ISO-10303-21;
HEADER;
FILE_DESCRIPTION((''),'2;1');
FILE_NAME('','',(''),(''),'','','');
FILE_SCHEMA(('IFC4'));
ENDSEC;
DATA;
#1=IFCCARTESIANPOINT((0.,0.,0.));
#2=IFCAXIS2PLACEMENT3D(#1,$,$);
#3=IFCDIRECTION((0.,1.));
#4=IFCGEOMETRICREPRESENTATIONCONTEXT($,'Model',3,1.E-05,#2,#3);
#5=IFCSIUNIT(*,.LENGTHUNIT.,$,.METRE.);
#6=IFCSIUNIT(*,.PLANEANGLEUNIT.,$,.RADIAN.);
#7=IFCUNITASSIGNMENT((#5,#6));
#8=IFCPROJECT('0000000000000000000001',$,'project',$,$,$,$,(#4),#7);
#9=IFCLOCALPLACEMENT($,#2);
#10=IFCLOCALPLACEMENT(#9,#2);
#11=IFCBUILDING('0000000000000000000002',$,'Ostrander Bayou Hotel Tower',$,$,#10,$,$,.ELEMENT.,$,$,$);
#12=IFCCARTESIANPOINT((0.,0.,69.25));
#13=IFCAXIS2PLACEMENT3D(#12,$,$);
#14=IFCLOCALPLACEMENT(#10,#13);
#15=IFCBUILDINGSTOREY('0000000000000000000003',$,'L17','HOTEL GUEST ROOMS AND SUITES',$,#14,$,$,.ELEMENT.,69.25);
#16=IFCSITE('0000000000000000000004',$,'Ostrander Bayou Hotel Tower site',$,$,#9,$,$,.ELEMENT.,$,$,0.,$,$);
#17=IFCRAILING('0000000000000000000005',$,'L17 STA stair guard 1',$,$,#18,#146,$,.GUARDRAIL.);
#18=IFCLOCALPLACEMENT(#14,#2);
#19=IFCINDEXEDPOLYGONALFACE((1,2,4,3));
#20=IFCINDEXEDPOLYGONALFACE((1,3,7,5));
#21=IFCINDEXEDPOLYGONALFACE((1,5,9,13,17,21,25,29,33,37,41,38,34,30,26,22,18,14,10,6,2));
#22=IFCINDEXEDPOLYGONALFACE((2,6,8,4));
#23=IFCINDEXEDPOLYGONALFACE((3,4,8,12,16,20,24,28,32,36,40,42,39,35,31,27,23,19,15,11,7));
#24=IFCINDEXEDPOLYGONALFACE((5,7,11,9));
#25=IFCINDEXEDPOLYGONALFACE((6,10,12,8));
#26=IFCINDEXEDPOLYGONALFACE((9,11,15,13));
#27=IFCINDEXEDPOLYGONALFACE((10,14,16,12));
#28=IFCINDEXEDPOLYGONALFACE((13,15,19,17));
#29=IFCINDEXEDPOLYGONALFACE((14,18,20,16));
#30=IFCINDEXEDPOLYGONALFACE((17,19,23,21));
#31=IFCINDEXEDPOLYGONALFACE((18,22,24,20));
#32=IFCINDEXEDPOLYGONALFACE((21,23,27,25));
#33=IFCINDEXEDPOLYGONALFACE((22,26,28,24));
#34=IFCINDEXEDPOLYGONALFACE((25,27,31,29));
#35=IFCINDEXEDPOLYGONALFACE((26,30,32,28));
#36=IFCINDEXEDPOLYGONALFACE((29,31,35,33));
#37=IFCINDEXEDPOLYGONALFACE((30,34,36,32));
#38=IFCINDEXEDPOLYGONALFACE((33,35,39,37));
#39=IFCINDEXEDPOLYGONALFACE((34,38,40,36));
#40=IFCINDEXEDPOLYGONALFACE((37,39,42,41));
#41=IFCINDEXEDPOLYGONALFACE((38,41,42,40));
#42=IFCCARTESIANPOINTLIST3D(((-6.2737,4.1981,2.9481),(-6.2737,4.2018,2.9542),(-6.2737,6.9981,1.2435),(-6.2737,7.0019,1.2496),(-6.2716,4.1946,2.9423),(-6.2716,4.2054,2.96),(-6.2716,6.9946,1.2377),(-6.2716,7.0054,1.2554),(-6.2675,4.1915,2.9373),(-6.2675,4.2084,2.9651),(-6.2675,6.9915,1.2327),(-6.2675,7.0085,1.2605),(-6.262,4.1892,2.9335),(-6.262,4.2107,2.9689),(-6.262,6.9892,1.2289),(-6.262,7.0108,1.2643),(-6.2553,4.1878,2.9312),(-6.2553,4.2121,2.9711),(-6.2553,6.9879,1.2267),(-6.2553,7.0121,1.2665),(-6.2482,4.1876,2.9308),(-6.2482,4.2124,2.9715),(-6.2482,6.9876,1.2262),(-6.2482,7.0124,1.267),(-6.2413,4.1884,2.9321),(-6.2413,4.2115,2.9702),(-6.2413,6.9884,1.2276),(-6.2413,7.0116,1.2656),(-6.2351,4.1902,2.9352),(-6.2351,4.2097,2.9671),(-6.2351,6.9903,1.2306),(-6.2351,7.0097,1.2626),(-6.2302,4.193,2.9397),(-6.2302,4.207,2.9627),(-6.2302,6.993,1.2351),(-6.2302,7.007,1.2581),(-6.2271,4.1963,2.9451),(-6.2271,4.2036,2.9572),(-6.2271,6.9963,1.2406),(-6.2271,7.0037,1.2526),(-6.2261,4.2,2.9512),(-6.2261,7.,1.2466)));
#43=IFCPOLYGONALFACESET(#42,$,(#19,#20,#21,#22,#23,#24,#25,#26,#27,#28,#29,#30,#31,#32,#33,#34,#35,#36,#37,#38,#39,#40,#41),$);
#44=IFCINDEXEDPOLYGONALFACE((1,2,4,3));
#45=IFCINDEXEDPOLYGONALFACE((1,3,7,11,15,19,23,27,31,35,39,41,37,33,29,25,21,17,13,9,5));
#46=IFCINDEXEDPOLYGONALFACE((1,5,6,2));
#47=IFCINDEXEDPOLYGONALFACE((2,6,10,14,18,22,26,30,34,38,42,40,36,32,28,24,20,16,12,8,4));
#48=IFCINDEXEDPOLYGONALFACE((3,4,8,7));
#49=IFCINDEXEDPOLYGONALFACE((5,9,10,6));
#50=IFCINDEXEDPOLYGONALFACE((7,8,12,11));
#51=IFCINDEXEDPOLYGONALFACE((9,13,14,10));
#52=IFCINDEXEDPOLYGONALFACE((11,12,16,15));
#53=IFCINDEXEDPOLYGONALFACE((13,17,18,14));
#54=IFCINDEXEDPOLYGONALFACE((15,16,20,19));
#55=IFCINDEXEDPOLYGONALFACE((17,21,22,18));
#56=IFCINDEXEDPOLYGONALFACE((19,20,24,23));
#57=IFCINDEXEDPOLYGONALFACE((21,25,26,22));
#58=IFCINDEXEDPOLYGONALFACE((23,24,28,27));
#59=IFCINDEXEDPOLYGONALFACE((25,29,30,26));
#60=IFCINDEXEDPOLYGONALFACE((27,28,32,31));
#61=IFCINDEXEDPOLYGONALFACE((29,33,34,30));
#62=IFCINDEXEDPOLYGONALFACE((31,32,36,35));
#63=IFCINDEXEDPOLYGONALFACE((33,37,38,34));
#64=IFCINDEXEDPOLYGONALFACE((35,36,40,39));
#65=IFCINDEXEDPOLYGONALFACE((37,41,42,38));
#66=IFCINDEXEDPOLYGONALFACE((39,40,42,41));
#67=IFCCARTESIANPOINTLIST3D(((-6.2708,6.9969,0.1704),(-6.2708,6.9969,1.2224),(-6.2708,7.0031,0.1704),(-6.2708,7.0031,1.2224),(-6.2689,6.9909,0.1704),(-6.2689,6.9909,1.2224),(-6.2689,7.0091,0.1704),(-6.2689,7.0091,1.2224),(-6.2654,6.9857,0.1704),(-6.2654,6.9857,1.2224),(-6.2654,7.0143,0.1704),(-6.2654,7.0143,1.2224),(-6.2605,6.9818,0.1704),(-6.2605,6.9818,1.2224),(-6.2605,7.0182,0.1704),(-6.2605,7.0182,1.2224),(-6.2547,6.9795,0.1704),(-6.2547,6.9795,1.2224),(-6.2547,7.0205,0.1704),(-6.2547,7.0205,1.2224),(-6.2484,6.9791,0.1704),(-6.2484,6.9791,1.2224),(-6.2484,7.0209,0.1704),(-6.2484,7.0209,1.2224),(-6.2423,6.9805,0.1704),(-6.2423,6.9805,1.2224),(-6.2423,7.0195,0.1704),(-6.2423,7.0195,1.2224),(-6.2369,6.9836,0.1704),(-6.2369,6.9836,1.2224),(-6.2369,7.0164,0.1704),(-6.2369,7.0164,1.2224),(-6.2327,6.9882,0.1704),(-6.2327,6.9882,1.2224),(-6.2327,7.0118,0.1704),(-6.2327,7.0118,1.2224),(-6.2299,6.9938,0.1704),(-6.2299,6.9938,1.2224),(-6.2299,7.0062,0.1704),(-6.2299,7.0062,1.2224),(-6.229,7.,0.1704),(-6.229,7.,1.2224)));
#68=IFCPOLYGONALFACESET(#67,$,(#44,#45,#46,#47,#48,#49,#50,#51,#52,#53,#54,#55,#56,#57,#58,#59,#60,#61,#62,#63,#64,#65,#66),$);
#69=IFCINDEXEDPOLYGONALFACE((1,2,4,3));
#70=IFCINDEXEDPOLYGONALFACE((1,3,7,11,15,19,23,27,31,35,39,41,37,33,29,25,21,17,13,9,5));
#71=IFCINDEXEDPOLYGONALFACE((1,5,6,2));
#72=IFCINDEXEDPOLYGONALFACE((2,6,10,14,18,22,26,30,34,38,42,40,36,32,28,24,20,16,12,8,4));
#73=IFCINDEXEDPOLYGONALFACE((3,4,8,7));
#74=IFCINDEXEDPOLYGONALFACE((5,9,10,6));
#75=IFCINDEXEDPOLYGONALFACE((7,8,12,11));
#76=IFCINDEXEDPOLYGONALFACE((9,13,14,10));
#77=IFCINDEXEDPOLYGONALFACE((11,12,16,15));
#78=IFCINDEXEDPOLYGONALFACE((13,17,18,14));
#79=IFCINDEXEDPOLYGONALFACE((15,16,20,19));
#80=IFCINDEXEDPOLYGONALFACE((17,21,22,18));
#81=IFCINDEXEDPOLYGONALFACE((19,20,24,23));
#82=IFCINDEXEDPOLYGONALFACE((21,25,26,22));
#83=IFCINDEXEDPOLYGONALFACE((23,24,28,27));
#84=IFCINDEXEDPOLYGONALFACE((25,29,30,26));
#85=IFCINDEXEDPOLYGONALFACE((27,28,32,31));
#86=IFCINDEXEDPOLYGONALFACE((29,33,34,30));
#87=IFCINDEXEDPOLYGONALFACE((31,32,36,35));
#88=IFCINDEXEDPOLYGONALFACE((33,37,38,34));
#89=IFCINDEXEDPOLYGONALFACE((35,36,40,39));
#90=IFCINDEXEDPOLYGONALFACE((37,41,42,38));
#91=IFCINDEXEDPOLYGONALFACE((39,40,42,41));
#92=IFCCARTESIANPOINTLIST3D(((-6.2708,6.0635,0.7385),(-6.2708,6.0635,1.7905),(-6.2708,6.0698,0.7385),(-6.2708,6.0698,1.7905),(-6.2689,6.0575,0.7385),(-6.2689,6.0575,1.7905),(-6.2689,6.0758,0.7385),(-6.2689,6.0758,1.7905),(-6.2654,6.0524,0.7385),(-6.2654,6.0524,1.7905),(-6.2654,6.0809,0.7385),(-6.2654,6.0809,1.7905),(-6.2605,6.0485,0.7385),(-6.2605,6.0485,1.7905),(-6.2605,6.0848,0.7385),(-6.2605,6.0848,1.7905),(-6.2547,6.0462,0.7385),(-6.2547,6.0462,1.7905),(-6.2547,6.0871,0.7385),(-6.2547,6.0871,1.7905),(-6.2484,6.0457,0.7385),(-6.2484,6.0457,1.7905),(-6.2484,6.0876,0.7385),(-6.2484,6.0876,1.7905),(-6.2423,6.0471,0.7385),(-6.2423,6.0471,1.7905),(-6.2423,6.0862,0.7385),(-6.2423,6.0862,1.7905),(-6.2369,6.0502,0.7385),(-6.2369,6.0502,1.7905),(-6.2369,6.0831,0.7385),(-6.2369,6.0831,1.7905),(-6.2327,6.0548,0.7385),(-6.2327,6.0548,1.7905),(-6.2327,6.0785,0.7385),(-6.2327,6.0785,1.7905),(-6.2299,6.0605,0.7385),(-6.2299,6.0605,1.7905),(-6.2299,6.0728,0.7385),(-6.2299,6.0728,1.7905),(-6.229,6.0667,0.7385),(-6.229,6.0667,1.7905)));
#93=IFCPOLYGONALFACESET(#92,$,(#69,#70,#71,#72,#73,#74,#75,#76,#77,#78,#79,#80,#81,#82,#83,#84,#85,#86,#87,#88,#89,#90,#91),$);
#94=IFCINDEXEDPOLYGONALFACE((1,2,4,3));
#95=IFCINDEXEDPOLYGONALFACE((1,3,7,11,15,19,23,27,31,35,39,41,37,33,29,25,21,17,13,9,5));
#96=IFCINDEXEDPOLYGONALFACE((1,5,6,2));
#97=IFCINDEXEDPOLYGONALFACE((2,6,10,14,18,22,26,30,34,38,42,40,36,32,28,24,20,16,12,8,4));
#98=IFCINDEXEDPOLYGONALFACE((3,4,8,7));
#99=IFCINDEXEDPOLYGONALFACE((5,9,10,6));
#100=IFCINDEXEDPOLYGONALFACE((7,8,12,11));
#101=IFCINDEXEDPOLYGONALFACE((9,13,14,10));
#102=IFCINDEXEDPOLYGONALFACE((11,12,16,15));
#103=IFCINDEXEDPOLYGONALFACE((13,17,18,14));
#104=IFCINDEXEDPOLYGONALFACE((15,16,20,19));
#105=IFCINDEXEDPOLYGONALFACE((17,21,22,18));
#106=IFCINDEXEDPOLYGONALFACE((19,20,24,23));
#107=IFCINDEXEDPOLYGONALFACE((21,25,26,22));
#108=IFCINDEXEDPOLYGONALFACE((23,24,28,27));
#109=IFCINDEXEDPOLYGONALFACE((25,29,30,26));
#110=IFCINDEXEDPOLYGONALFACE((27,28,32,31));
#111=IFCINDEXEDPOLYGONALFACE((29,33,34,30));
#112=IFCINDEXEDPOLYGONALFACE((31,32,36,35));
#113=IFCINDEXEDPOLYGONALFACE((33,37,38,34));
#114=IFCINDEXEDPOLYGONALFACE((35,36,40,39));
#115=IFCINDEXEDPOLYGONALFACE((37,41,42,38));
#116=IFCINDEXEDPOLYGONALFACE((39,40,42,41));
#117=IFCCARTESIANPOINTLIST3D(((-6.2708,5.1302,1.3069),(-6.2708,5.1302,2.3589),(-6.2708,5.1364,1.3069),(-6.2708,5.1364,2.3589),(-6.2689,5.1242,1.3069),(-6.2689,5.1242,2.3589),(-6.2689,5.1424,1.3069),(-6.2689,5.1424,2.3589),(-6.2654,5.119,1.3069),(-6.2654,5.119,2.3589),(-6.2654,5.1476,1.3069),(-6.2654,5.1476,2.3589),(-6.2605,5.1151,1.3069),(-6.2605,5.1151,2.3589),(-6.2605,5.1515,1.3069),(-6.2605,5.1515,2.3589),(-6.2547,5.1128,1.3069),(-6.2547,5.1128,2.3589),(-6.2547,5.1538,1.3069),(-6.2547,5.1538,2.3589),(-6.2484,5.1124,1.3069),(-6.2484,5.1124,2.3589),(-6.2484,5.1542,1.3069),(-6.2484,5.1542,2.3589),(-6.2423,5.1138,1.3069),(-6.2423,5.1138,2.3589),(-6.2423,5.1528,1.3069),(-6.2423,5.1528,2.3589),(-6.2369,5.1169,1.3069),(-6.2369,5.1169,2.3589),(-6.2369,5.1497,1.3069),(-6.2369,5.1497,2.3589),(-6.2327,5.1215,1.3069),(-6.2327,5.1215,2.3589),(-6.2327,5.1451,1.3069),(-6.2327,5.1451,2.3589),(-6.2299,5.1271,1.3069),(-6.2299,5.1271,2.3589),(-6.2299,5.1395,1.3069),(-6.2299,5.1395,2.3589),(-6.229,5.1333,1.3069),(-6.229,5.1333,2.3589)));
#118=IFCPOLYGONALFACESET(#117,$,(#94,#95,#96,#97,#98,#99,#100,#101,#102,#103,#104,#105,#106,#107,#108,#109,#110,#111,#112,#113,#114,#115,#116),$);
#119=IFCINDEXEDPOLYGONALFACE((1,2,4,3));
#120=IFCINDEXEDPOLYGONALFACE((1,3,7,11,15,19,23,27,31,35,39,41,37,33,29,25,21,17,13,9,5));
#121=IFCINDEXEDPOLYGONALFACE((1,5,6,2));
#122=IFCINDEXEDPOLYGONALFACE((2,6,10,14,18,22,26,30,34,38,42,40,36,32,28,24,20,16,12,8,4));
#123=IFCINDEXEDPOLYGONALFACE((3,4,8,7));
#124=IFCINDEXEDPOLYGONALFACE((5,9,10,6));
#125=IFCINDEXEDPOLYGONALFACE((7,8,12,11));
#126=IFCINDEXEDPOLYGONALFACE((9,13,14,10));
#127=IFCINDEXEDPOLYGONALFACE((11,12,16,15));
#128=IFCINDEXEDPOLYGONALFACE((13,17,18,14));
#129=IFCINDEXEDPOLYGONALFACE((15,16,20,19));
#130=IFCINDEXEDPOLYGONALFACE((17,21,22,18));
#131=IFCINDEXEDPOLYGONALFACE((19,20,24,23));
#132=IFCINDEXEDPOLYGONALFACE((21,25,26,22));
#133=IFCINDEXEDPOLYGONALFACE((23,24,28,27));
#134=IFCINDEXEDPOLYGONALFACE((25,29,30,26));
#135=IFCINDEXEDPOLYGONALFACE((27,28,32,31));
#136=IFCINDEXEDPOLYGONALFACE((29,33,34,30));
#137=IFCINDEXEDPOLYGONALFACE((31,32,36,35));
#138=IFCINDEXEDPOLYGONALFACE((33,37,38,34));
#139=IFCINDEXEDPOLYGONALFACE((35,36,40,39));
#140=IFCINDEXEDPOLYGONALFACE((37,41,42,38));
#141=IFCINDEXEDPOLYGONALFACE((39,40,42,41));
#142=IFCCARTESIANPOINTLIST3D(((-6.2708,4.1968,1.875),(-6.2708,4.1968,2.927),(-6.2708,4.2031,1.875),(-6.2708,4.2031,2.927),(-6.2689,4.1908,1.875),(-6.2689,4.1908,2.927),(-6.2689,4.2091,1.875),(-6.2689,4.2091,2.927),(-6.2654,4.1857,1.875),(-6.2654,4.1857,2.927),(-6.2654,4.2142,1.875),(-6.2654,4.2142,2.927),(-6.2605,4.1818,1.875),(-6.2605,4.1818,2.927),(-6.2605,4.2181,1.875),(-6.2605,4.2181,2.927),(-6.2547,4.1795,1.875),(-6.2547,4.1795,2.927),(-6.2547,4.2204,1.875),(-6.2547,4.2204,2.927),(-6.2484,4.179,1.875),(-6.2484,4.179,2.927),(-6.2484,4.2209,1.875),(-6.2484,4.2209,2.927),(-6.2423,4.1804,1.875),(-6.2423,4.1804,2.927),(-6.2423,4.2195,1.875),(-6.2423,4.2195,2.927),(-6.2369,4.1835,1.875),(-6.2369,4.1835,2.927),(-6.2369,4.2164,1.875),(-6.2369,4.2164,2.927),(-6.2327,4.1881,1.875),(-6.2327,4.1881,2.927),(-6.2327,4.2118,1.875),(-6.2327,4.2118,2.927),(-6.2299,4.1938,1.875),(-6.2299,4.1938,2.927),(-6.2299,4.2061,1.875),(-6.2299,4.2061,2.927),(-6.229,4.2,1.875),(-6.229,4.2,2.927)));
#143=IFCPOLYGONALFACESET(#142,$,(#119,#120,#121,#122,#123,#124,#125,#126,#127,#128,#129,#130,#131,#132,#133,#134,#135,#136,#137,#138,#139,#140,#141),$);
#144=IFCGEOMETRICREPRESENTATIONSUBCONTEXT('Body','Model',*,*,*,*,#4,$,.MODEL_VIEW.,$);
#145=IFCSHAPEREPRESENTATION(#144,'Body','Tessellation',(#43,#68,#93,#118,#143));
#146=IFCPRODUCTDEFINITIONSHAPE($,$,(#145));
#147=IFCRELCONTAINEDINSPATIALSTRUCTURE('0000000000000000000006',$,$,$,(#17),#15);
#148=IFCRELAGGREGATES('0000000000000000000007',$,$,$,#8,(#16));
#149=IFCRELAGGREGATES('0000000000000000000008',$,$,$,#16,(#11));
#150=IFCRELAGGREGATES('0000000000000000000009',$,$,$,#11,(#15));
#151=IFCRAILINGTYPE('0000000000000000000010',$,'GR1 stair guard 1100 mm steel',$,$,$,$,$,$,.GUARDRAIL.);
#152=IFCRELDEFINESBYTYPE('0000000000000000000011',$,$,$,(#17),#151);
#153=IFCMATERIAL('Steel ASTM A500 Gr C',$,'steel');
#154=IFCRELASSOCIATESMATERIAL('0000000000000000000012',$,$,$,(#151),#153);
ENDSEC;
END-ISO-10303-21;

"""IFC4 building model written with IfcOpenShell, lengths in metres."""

from ifc_helpers import new_model, si_unit, direction, frame, origin, origin_2d, place, context, subcontext, project, spatial, circle, extrude, material, type_object, element, save


model = new_model("IFC4")

# Units and contexts
model_context = context("Model", 3, precision=1e-05, world=origin(), true_north=direction((0.0, 1.0)))
body_context = subcontext(model_context, "Body", "Model", "MODEL_VIEW")
ifc_project = project(units=[si_unit("LENGTHUNIT", "METRE"), si_unit("PLANEANGLEUNIT", "RADIAN")], contexts=[model_context])

# Site, building, storey
site_placement = place(None, origin())
site = spatial("IfcSite", under=ifc_project, at=site_placement, Name="Ostrander Bayou Hotel Tower site", CompositionType="ELEMENT", RefElevation=0.0)
building_placement = place(site_placement, origin())
building = spatial("IfcBuilding", under=site, at=building_placement, Name="Ostrander Bayou Hotel Tower", CompositionType="ELEMENT")
storey_placement = place(building_placement, frame((0.0, 0.0, 69.25)))
storey = spatial("IfcBuildingStorey", under=building, at=storey_placement, Name="L17", Description="HOTEL GUEST ROOMS AND SUITES", CompositionType="ELEMENT", Elevation=69.25)

# Railing
ifc_material_1 = material(Name="Steel ASTM A500 Gr C", Category="steel")
railing_type = type_object("IfcRailingType", Name="GR1 stair guard 1100 mm steel", PredefinedType="GUARDRAIL", material=ifc_material_1)
railing_1_placement = place(storey_placement, frame((-6.25, 7.0, 0.1704)))
element("IfcRailing", 1, at=railing_1_placement, inside=storey, type_object=railing_type, Name="L17 STA stair guard 1", PredefinedType="GUARDRAIL", context=body_context, shape_type="SweptSolid", body=[
    extrude(circle(Radius=0.0239, at=origin_2d()), frame((0.0, 0.0, 1.0762), z_axis=(0.0, -0.85417, 0.519994), x_axis=(1.0, 0.0, 0.0)), (0.0, 0.0, 1.0), 3.2781),
    extrude(circle(Radius=0.021, at=origin_2d()), origin(), (0.0, 0.0, 1.0), 1.052),
    extrude(circle(Radius=0.021, at=origin_2d()), frame((0.0, -0.9333, 0.5681)), (0.0, 0.0, 1.0), 1.052),
    extrude(circle(Radius=0.021, at=origin_2d()), frame((0.0, -1.8667, 1.1365)), (0.0, 0.0, 1.0), 1.052),
    extrude(circle(Radius=0.021, at=origin_2d()), frame((0.0, -2.8, 1.7046)), (0.0, 0.0, 1.0), 1.052),
])

save(model, "model.ifc")
